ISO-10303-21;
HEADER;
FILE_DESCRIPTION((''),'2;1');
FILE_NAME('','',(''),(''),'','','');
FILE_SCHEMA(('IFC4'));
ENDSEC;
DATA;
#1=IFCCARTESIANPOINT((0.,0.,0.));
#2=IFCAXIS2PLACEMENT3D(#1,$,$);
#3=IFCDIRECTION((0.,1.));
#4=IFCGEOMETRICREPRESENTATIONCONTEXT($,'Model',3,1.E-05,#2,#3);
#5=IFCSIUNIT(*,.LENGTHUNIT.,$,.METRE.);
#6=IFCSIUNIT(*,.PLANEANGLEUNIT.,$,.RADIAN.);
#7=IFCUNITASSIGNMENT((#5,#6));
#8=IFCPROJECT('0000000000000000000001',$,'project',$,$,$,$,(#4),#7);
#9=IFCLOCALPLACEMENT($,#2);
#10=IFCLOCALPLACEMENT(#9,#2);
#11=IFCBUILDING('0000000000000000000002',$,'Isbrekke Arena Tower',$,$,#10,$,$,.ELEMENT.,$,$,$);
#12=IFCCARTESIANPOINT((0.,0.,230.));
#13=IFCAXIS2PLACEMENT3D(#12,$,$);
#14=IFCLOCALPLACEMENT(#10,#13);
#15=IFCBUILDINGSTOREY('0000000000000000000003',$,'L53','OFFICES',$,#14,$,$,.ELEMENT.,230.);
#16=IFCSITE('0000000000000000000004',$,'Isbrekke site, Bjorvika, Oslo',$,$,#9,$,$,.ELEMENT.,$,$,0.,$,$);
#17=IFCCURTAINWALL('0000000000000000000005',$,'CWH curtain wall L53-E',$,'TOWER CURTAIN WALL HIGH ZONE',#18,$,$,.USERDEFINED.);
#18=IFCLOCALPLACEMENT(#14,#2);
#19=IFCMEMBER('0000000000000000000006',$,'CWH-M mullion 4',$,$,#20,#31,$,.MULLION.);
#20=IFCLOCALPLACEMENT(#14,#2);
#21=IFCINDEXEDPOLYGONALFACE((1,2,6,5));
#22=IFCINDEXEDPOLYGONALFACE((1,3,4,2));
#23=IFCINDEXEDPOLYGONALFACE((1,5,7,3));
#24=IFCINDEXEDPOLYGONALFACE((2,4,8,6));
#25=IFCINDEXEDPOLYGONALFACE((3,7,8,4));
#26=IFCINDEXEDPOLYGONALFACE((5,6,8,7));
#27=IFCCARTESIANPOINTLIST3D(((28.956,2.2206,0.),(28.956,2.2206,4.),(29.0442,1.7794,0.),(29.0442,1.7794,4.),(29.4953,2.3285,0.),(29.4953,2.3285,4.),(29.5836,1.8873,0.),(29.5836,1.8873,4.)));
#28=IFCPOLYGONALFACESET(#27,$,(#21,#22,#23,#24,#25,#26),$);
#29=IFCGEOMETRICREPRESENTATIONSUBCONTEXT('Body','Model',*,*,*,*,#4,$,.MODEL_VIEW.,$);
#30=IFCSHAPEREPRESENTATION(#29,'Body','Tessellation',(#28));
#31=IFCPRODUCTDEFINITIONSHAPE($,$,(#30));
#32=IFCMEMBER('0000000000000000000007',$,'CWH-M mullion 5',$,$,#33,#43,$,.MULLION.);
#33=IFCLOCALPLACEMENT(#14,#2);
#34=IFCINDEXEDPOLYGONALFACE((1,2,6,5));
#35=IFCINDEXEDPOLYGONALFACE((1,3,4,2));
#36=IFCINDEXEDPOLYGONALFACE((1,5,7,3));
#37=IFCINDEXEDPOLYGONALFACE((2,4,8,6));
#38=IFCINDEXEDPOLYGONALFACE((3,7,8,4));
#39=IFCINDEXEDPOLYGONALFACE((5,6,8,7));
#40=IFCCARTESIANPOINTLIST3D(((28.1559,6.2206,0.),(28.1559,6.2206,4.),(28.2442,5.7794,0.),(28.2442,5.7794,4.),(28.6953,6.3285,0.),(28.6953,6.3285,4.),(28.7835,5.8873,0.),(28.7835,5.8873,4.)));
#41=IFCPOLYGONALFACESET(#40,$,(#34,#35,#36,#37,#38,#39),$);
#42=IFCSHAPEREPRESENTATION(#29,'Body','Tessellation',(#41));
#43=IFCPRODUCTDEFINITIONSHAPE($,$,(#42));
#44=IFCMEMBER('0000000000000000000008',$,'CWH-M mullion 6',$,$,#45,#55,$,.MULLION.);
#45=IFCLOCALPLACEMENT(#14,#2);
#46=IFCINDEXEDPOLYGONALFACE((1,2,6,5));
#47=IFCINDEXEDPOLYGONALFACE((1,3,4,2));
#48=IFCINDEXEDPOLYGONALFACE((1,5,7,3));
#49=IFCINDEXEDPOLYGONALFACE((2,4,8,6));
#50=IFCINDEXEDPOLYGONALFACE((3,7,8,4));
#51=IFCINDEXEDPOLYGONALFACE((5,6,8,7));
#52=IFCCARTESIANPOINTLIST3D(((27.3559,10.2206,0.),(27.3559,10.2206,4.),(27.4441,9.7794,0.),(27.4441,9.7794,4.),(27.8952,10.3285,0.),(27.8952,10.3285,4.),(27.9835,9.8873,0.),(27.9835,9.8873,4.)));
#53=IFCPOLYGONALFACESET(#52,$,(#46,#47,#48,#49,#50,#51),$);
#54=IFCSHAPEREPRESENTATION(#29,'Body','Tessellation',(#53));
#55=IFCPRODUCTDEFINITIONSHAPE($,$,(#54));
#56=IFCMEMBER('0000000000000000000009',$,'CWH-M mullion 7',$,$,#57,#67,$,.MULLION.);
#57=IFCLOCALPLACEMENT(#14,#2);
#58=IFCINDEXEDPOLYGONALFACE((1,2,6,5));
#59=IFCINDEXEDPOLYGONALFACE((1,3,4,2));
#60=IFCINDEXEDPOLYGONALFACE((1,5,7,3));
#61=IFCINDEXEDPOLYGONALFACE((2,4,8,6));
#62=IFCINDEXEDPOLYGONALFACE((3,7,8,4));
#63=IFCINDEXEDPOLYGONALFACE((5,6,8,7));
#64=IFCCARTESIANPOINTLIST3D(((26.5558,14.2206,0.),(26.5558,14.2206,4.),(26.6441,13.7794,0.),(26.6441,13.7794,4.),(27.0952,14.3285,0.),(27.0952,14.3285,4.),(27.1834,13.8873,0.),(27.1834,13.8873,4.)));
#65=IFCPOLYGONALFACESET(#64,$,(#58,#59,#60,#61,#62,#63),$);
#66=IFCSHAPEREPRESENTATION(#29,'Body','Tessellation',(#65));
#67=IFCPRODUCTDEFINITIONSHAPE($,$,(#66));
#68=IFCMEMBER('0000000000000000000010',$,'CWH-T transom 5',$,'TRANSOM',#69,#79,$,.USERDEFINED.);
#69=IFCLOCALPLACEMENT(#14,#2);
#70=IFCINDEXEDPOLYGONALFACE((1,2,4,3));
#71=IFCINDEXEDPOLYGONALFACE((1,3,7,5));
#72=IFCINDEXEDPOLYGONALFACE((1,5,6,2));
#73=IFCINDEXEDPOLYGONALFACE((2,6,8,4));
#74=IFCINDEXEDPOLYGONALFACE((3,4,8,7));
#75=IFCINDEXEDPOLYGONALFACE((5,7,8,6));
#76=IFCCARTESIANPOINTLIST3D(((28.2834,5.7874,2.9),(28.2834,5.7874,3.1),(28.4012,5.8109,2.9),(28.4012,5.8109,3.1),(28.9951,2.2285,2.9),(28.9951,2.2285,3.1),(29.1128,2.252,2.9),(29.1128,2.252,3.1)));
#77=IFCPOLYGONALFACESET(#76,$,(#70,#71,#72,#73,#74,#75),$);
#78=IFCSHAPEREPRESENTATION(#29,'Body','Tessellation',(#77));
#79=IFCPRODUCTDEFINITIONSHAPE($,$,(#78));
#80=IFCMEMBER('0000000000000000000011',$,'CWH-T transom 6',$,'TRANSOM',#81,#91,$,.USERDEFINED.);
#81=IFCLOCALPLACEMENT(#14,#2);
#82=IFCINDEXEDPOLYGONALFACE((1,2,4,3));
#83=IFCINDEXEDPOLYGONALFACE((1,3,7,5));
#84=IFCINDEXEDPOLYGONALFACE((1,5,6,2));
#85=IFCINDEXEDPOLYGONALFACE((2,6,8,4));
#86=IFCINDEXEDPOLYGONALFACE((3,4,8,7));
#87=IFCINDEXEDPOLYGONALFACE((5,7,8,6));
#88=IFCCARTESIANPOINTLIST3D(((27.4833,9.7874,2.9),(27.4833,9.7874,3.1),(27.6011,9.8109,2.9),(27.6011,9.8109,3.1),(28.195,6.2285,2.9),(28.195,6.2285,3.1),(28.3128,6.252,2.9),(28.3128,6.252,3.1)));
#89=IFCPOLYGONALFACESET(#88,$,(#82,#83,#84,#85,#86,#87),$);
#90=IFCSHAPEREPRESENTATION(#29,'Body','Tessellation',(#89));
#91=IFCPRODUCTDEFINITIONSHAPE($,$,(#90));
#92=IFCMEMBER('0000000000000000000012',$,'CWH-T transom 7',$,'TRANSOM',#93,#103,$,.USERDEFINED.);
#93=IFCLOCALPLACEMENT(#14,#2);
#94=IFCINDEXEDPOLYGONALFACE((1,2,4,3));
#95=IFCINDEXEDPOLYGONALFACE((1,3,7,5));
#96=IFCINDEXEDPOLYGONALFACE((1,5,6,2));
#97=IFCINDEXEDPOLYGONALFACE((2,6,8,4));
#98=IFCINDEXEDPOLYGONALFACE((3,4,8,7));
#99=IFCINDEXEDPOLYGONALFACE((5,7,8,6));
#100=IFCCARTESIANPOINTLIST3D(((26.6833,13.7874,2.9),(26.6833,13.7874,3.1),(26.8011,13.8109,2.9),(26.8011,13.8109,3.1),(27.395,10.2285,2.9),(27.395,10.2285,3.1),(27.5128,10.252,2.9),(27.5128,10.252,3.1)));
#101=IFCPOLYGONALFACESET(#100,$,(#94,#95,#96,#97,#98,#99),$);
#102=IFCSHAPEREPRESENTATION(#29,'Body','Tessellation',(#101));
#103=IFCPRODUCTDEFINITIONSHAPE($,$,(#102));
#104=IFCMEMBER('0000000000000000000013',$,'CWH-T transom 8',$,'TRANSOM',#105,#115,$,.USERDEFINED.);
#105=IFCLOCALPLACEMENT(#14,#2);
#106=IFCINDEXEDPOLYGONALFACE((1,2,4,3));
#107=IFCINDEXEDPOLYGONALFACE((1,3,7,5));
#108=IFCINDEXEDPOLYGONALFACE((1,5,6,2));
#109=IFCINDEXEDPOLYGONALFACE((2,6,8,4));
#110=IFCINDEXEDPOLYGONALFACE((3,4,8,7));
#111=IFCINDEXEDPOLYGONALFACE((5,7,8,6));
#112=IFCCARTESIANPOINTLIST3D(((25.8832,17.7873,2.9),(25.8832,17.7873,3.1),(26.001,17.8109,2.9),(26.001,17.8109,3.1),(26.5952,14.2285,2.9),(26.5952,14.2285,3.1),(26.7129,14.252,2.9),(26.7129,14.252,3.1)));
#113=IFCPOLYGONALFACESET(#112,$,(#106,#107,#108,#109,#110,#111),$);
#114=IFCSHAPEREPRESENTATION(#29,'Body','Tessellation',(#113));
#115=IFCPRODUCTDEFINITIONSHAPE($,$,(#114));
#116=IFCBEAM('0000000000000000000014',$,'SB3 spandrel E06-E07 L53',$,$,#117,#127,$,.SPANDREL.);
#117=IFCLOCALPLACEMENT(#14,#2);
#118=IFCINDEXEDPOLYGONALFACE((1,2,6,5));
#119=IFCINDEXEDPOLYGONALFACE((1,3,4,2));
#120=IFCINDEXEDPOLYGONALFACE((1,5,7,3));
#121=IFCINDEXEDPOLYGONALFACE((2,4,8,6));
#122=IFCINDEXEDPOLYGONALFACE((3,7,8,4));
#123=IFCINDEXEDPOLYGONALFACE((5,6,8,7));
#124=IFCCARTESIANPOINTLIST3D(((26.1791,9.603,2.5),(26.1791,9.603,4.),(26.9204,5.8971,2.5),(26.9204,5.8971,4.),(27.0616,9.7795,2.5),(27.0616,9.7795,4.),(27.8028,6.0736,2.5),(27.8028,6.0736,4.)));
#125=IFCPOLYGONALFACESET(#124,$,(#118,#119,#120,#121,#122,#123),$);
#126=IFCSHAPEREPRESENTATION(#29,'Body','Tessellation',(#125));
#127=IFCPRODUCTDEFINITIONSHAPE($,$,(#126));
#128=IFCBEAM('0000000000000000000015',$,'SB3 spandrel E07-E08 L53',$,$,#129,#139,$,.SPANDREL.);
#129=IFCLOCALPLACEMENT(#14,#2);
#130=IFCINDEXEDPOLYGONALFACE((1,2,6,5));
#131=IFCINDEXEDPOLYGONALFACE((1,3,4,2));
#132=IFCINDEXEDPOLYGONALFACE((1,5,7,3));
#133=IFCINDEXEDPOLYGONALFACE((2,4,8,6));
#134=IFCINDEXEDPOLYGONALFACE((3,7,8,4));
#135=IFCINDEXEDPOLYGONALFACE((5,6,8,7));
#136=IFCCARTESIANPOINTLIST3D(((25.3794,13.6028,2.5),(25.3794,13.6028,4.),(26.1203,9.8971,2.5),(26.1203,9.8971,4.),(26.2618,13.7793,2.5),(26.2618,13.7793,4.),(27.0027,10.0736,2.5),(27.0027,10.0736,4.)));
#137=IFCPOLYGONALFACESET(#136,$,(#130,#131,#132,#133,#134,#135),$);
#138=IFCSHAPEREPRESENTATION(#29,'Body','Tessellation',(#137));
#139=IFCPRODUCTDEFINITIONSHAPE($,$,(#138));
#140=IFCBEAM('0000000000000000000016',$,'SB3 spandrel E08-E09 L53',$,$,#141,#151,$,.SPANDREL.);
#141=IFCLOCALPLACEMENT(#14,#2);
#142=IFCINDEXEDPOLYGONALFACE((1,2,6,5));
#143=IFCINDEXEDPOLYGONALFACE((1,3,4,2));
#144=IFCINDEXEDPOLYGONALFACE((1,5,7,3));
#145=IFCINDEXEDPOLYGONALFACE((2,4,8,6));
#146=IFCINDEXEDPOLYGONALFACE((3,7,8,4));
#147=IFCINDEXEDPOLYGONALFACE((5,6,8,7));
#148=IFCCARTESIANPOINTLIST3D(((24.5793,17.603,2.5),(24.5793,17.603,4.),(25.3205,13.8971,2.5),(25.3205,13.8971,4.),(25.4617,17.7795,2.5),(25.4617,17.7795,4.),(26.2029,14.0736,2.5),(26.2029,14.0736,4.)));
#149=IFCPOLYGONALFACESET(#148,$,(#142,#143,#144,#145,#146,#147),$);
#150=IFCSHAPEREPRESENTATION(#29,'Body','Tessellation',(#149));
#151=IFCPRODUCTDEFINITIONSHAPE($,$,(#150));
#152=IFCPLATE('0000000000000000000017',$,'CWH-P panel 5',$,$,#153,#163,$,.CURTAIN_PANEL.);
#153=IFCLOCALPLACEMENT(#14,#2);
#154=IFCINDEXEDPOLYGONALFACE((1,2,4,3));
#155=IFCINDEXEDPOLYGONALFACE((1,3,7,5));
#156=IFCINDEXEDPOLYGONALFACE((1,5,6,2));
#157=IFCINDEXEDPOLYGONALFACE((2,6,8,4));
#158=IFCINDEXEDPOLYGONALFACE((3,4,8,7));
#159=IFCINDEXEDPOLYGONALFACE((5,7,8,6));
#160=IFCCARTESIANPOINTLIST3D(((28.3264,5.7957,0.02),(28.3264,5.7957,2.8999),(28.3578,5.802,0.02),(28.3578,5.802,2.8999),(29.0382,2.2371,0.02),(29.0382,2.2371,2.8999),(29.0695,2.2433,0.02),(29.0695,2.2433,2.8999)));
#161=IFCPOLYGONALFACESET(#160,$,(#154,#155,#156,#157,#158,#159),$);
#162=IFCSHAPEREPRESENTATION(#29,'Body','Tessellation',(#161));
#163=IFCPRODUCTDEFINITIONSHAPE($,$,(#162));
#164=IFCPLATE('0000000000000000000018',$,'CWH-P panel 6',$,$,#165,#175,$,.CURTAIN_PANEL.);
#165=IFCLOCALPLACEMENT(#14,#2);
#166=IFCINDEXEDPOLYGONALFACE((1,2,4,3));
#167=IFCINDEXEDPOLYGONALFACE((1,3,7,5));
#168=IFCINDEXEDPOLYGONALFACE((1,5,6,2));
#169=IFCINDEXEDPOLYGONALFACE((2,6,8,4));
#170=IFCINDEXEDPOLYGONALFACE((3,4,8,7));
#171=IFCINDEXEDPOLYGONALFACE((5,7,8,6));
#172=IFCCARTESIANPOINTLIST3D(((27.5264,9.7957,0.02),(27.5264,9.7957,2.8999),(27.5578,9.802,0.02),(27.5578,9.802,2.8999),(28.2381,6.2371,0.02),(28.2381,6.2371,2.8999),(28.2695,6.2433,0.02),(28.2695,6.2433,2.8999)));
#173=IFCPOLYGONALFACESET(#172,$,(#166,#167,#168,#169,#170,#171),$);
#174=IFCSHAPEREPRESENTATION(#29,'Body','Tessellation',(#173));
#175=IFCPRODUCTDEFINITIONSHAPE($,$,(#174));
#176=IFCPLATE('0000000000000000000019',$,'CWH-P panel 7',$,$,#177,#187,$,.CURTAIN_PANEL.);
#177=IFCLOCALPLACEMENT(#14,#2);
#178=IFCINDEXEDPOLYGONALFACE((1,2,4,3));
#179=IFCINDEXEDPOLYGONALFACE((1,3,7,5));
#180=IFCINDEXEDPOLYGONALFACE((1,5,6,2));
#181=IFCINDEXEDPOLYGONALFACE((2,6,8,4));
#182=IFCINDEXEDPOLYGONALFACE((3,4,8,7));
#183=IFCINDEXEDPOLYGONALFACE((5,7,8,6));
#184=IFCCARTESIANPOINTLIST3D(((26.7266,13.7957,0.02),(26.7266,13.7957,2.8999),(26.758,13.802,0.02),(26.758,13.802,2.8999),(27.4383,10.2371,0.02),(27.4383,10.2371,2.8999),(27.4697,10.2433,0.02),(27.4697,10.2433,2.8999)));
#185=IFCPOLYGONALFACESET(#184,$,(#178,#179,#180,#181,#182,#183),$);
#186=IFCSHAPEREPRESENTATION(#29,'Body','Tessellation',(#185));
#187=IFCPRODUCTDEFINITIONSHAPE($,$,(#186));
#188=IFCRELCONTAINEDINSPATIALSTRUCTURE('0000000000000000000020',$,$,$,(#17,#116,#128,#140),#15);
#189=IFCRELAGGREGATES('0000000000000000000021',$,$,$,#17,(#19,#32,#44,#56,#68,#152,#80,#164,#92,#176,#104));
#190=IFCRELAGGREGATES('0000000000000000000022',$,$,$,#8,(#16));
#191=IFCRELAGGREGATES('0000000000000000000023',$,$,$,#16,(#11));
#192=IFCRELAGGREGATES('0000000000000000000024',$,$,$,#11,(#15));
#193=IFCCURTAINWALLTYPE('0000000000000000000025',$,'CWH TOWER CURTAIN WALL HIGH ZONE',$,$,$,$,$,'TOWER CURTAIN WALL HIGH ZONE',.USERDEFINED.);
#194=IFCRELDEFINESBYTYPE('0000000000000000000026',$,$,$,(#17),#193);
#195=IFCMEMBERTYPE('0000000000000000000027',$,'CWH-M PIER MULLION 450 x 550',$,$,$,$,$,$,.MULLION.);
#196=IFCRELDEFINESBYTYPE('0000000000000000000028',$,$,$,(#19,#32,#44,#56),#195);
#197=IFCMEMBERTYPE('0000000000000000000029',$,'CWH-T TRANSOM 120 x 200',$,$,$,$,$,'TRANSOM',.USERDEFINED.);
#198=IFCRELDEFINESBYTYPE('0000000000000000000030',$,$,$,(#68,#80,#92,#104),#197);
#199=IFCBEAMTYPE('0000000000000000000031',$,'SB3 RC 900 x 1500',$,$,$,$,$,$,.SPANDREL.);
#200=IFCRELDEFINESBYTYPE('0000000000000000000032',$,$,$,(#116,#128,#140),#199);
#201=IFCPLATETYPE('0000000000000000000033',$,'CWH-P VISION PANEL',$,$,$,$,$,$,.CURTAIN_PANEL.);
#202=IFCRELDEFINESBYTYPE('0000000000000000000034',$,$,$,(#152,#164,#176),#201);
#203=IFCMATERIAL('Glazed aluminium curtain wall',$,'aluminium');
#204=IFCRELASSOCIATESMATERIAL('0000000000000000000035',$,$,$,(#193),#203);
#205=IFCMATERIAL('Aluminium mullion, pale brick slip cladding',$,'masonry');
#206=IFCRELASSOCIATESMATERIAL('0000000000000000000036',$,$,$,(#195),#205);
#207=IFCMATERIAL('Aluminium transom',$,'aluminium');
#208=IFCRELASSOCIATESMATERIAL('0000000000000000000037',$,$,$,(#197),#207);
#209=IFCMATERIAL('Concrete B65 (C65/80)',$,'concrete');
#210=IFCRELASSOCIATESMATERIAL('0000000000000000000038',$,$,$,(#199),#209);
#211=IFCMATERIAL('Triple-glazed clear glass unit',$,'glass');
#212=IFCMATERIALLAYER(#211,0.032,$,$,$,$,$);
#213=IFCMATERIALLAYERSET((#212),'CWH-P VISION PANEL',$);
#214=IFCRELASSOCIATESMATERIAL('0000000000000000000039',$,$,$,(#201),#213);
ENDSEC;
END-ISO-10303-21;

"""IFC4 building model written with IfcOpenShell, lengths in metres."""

from ifc_helpers import new_model, si_unit, direction, frame, origin, origin_2d, place, context, subcontext, project, spatial, rectangle, extrude, material, layer, layer_set, material_profile, profile_set, type_object, element, aggregate, save


model = new_model("IFC4")

# Units and contexts
model_context = context("Model", 3, precision=1e-05, world=origin(), true_north=direction((0.0, 1.0)))
body_context = subcontext(model_context, "Body", "Model", "MODEL_VIEW")
ifc_project = project(units=[si_unit("LENGTHUNIT", "METRE"), si_unit("PLANEANGLEUNIT", "RADIAN")], contexts=[model_context])

# Site, building, storey
site_placement = place(None, origin())
site = spatial("IfcSite", under=ifc_project, at=site_placement, Name="Isbrekke site, Bjorvika, Oslo", CompositionType="ELEMENT", RefElevation=0.0)
building_placement = place(site_placement, origin())
building = spatial("IfcBuilding", under=site, at=building_placement, Name="Isbrekke Arena Tower", CompositionType="ELEMENT")
storey_placement = place(building_placement, frame((0.0, 0.0, 230.0)))
storey = spatial("IfcBuildingStorey", under=building, at=storey_placement, Name="L53", Description="OFFICES", CompositionType="ELEMENT", Elevation=230.0)

# Curtain wall, members
ifc_material_1 = material(Name="Glazed aluminium curtain wall", Category="aluminium")
curtain_wall_type = type_object("IfcCurtainWallType", Name="CWH TOWER CURTAIN WALL HIGH ZONE", ElementType="TOWER CURTAIN WALL HIGH ZONE", PredefinedType="USERDEFINED", material=ifc_material_1)
curtain_wall_placement = place(storey_placement, origin())
curtain_wall = element("IfcCurtainWall", 1, at=curtain_wall_placement, inside=storey, type_object=curtain_wall_type, Name="CWH curtain wall L53-E", ObjectType="TOWER CURTAIN WALL HIGH ZONE", PredefinedType="USERDEFINED")
ifc_material_2 = material(Name="Aluminium mullion, pale brick slip cladding", Category="masonry")
ifc_material_profile_1 = material_profile(ifc_material_2, rectangle(XDim=0.45, YDim=0.55, at=origin_2d()), Name="PIER 450X550")
ifc_profile_set_1 = profile_set([ifc_material_profile_1], Name="Aluminium mullion, pale brick slip cladding")
member_type_1 = type_object("IfcMemberType", Name="CWH-M PIER MULLION 450 x 550", PredefinedType="MULLION", material=ifc_profile_set_1)
member_1_placement = place(storey_placement, frame((29.2698, 2.054, 0.0), z_axis=(0.0, 0.0, 1.0), x_axis=(-0.196116, 0.980581, 0.0)))
member_1 = element("IfcMember", 2, at=member_1_placement, type_object=member_type_1, Name="CWH-M mullion 4", PredefinedType="MULLION", context=body_context, shape_type="SweptSolid", body=[
    extrude(rectangle(XDim=0.45, YDim=0.55, at=origin_2d()), origin(), (0.0, 0.0, 1.0), 4.0),
])
member_2_placement = place(storey_placement, frame((28.4697, 6.054, 0.0), z_axis=(0.0, 0.0, 1.0), x_axis=(-0.196116, 0.980581, 0.0)))
member_2 = element("IfcMember", 3, at=member_2_placement, type_object=member_type_1, Name="CWH-M mullion 5", PredefinedType="MULLION", context=body_context, shape_type="SweptSolid", body=[
    extrude(rectangle(XDim=0.45, YDim=0.55, at=origin_2d()), origin(), (0.0, 0.0, 1.0), 4.0),
])
member_3_placement = place(storey_placement, frame((27.6697, 10.054, 0.0), z_axis=(0.0, 0.0, 1.0), x_axis=(-0.196116, 0.980581, 0.0)))
member_3 = element("IfcMember", 4, at=member_3_placement, type_object=member_type_1, Name="CWH-M mullion 6", PredefinedType="MULLION", context=body_context, shape_type="SweptSolid", body=[
    extrude(rectangle(XDim=0.45, YDim=0.55, at=origin_2d()), origin(), (0.0, 0.0, 1.0), 4.0),
])
member_4_placement = place(storey_placement, frame((26.8696, 14.054, 0.0), z_axis=(0.0, 0.0, 1.0), x_axis=(-0.196116, 0.980581, 0.0)))
member_4 = element("IfcMember", 5, at=member_4_placement, type_object=member_type_1, Name="CWH-M mullion 7", PredefinedType="MULLION", context=body_context, shape_type="SweptSolid", body=[
    extrude(rectangle(XDim=0.45, YDim=0.55, at=origin_2d()), origin(), (0.0, 0.0, 1.0), 4.0),
])
ifc_material_3 = material(Name="Aluminium transom", Category="aluminium")
ifc_material_profile_2 = material_profile(ifc_material_3, rectangle(XDim=0.1201, YDim=0.2, at=origin_2d()), Name="TRANSOM 120X200")
ifc_profile_set_2 = profile_set([ifc_material_profile_2], Name="Aluminium transom")
member_type_2 = type_object("IfcMemberType", Name="CWH-T TRANSOM 120 x 200", ElementType="TRANSOM", PredefinedType="USERDEFINED", material=ifc_profile_set_2)
member_5_placement = place(storey_placement, frame((29.054, 2.2402, 3.0), z_axis=(-0.19609, 0.980586, 0.0), x_axis=(-0.980586, -0.19609, 0.0)))
member_5 = element("IfcMember", 6, at=member_5_placement, type_object=member_type_2, Name="CWH-T transom 5", ObjectType="TRANSOM", PredefinedType="USERDEFINED", context=body_context, shape_type="SweptSolid", body=[
    extrude(rectangle(XDim=0.1201, YDim=0.2, at=origin_2d()), origin(), (0.0, 0.0, 1.0), 3.6294),
])
member_6_placement = place(storey_placement, frame((28.2539, 6.2402, 3.0), z_axis=(-0.19609, 0.980586, 0.0), x_axis=(-0.980586, -0.19609, 0.0)))
member_6 = element("IfcMember", 7, at=member_6_placement, type_object=member_type_2, Name="CWH-T transom 6", ObjectType="TRANSOM", PredefinedType="USERDEFINED", context=body_context, shape_type="SweptSolid", body=[
    extrude(rectangle(XDim=0.1201, YDim=0.2, at=origin_2d()), origin(), (0.0, 0.0, 1.0), 3.6294),
])
member_7_placement = place(storey_placement, frame((27.4539, 10.2402, 3.0), z_axis=(-0.19609, 0.980586, 0.0), x_axis=(-0.980586, -0.19609, 0.0)))
member_7 = element("IfcMember", 8, at=member_7_placement, type_object=member_type_2, Name="CWH-T transom 7", ObjectType="TRANSOM", PredefinedType="USERDEFINED", context=body_context, shape_type="SweptSolid", body=[
    extrude(rectangle(XDim=0.1201, YDim=0.2, at=origin_2d()), origin(), (0.0, 0.0, 1.0), 3.6294),
])
member_8_placement = place(storey_placement, frame((26.6541, 14.2402, 3.0), z_axis=(-0.196155, 0.980573, 0.0), x_axis=(-0.980573, -0.196155, 0.0)))
member_8 = element("IfcMember", 9, at=member_8_placement, type_object=member_type_2, Name="CWH-T transom 8", ObjectType="TRANSOM", PredefinedType="USERDEFINED", context=body_context, shape_type="SweptSolid", body=[
    extrude(rectangle(XDim=0.1201, YDim=0.2, at=origin_2d()), origin(), (0.0, 0.0, 1.0), 3.6294),
])

# Beams
ifc_material_4 = material(Name="Concrete B65 (C65/80)", Category="concrete")
ifc_material_profile_3 = material_profile(ifc_material_4, rectangle(XDim=0.8999, YDim=1.5, at=origin_2d()), Name="RC 900x1500")
ifc_profile_set_3 = profile_set([ifc_material_profile_3], Name="Concrete B65 (C65/80)")
beam_type_1 = type_object("IfcBeamType", Name="SB3 RC 900 x 1500", PredefinedType="SPANDREL", material=ifc_profile_set_3)
beam_1_placement = place(storey_placement, frame((27.3616, 5.9854, 3.25), z_axis=(-0.196129, 0.980578, 0.0), x_axis=(-0.980578, -0.196129, 0.0)))
element("IfcBeam", 10, at=beam_1_placement, inside=storey, type_object=beam_type_1, Name="SB3 spandrel E06-E07 L53", PredefinedType="SPANDREL", context=body_context, shape_type="SweptSolid", body=[
    extrude(rectangle(XDim=0.8999, YDim=1.5, at=origin_2d()), origin(), (0.0, 0.0, 1.0), 3.7793),
])
beam_2_placement = place(storey_placement, frame((26.5615, 9.9854, 3.25), z_axis=(-0.196066, 0.980591, 0.0), x_axis=(-0.980591, -0.196066, 0.0)))
element("IfcBeam", 11, at=beam_2_placement, inside=storey, type_object=beam_type_1, Name="SB3 spandrel E07-E08 L53", PredefinedType="SPANDREL", context=body_context, shape_type="SweptSolid", body=[
    extrude(rectangle(XDim=0.8999, YDim=1.5, at=origin_2d()), origin(), (0.0, 0.0, 1.0), 3.7791),
])
beam_3_placement = place(storey_placement, frame((25.7617, 13.9854, 3.25), z_axis=(-0.196129, 0.980578, 0.0), x_axis=(-0.980578, -0.196129, 0.0)))
element("IfcBeam", 12, at=beam_3_placement, inside=storey, type_object=beam_type_1, Name="SB3 spandrel E08-E09 L53", PredefinedType="SPANDREL", context=body_context, shape_type="SweptSolid", body=[
    extrude(rectangle(XDim=0.8999, YDim=1.5, at=origin_2d()), origin(), (0.0, 0.0, 1.0), 3.7793),
])

# Plates
ifc_material_5 = material(Name="Triple-glazed clear glass unit", Category="glass")
ifc_layer_1 = layer(ifc_material_5, 0.032)
ifc_layer_set_1 = layer_set([ifc_layer_1], Name="CWH-P VISION PANEL")
plate_type = type_object("IfcPlateType", Name="CWH-P VISION PANEL", PredefinedType="CURTAIN_PANEL", material=ifc_layer_set_1)
plate_1_placement = place(storey_placement, frame((28.698, 4.0195, 0.02), z_axis=(0.0, 0.0, 1.0), x_axis=(-0.196116, 0.980581, 0.0)))
plate_1 = element("IfcPlate", 13, at=plate_1_placement, type_object=plate_type, Name="CWH-P panel 5", PredefinedType="CURTAIN_PANEL", context=body_context, shape_type="SweptSolid", body=[
    extrude(rectangle(XDim=3.6292, YDim=0.032, at=origin_2d()), origin(), (0.0, 0.0, 1.0), 2.8799),
])
plate_2_placement = place(storey_placement, frame((27.8979, 8.0195, 0.02), z_axis=(0.0, 0.0, 1.0), x_axis=(-0.196116, 0.980581, 0.0)))
plate_2 = element("IfcPlate", 14, at=plate_2_placement, type_object=plate_type, Name="CWH-P panel 6", PredefinedType="CURTAIN_PANEL", context=body_context, shape_type="SweptSolid", body=[
    extrude(rectangle(XDim=3.6292, YDim=0.032, at=origin_2d()), origin(), (0.0, 0.0, 1.0), 2.8799),
])
plate_3_placement = place(storey_placement, frame((27.0981, 12.0195, 0.02), z_axis=(0.0, 0.0, 1.0), x_axis=(-0.196116, 0.980581, 0.0)))
plate_3 = element("IfcPlate", 15, at=plate_3_placement, type_object=plate_type, Name="CWH-P panel 7", PredefinedType="CURTAIN_PANEL", context=body_context, shape_type="SweptSolid", body=[
    extrude(rectangle(XDim=3.6292, YDim=0.032, at=origin_2d()), origin(), (0.0, 0.0, 1.0), 2.8799),
])
aggregate(curtain_wall, [member_1, member_2, member_3, member_4, member_5, plate_1, member_6, plate_2, member_7, plate_3, member_8])

save(model, "model.ifc")
